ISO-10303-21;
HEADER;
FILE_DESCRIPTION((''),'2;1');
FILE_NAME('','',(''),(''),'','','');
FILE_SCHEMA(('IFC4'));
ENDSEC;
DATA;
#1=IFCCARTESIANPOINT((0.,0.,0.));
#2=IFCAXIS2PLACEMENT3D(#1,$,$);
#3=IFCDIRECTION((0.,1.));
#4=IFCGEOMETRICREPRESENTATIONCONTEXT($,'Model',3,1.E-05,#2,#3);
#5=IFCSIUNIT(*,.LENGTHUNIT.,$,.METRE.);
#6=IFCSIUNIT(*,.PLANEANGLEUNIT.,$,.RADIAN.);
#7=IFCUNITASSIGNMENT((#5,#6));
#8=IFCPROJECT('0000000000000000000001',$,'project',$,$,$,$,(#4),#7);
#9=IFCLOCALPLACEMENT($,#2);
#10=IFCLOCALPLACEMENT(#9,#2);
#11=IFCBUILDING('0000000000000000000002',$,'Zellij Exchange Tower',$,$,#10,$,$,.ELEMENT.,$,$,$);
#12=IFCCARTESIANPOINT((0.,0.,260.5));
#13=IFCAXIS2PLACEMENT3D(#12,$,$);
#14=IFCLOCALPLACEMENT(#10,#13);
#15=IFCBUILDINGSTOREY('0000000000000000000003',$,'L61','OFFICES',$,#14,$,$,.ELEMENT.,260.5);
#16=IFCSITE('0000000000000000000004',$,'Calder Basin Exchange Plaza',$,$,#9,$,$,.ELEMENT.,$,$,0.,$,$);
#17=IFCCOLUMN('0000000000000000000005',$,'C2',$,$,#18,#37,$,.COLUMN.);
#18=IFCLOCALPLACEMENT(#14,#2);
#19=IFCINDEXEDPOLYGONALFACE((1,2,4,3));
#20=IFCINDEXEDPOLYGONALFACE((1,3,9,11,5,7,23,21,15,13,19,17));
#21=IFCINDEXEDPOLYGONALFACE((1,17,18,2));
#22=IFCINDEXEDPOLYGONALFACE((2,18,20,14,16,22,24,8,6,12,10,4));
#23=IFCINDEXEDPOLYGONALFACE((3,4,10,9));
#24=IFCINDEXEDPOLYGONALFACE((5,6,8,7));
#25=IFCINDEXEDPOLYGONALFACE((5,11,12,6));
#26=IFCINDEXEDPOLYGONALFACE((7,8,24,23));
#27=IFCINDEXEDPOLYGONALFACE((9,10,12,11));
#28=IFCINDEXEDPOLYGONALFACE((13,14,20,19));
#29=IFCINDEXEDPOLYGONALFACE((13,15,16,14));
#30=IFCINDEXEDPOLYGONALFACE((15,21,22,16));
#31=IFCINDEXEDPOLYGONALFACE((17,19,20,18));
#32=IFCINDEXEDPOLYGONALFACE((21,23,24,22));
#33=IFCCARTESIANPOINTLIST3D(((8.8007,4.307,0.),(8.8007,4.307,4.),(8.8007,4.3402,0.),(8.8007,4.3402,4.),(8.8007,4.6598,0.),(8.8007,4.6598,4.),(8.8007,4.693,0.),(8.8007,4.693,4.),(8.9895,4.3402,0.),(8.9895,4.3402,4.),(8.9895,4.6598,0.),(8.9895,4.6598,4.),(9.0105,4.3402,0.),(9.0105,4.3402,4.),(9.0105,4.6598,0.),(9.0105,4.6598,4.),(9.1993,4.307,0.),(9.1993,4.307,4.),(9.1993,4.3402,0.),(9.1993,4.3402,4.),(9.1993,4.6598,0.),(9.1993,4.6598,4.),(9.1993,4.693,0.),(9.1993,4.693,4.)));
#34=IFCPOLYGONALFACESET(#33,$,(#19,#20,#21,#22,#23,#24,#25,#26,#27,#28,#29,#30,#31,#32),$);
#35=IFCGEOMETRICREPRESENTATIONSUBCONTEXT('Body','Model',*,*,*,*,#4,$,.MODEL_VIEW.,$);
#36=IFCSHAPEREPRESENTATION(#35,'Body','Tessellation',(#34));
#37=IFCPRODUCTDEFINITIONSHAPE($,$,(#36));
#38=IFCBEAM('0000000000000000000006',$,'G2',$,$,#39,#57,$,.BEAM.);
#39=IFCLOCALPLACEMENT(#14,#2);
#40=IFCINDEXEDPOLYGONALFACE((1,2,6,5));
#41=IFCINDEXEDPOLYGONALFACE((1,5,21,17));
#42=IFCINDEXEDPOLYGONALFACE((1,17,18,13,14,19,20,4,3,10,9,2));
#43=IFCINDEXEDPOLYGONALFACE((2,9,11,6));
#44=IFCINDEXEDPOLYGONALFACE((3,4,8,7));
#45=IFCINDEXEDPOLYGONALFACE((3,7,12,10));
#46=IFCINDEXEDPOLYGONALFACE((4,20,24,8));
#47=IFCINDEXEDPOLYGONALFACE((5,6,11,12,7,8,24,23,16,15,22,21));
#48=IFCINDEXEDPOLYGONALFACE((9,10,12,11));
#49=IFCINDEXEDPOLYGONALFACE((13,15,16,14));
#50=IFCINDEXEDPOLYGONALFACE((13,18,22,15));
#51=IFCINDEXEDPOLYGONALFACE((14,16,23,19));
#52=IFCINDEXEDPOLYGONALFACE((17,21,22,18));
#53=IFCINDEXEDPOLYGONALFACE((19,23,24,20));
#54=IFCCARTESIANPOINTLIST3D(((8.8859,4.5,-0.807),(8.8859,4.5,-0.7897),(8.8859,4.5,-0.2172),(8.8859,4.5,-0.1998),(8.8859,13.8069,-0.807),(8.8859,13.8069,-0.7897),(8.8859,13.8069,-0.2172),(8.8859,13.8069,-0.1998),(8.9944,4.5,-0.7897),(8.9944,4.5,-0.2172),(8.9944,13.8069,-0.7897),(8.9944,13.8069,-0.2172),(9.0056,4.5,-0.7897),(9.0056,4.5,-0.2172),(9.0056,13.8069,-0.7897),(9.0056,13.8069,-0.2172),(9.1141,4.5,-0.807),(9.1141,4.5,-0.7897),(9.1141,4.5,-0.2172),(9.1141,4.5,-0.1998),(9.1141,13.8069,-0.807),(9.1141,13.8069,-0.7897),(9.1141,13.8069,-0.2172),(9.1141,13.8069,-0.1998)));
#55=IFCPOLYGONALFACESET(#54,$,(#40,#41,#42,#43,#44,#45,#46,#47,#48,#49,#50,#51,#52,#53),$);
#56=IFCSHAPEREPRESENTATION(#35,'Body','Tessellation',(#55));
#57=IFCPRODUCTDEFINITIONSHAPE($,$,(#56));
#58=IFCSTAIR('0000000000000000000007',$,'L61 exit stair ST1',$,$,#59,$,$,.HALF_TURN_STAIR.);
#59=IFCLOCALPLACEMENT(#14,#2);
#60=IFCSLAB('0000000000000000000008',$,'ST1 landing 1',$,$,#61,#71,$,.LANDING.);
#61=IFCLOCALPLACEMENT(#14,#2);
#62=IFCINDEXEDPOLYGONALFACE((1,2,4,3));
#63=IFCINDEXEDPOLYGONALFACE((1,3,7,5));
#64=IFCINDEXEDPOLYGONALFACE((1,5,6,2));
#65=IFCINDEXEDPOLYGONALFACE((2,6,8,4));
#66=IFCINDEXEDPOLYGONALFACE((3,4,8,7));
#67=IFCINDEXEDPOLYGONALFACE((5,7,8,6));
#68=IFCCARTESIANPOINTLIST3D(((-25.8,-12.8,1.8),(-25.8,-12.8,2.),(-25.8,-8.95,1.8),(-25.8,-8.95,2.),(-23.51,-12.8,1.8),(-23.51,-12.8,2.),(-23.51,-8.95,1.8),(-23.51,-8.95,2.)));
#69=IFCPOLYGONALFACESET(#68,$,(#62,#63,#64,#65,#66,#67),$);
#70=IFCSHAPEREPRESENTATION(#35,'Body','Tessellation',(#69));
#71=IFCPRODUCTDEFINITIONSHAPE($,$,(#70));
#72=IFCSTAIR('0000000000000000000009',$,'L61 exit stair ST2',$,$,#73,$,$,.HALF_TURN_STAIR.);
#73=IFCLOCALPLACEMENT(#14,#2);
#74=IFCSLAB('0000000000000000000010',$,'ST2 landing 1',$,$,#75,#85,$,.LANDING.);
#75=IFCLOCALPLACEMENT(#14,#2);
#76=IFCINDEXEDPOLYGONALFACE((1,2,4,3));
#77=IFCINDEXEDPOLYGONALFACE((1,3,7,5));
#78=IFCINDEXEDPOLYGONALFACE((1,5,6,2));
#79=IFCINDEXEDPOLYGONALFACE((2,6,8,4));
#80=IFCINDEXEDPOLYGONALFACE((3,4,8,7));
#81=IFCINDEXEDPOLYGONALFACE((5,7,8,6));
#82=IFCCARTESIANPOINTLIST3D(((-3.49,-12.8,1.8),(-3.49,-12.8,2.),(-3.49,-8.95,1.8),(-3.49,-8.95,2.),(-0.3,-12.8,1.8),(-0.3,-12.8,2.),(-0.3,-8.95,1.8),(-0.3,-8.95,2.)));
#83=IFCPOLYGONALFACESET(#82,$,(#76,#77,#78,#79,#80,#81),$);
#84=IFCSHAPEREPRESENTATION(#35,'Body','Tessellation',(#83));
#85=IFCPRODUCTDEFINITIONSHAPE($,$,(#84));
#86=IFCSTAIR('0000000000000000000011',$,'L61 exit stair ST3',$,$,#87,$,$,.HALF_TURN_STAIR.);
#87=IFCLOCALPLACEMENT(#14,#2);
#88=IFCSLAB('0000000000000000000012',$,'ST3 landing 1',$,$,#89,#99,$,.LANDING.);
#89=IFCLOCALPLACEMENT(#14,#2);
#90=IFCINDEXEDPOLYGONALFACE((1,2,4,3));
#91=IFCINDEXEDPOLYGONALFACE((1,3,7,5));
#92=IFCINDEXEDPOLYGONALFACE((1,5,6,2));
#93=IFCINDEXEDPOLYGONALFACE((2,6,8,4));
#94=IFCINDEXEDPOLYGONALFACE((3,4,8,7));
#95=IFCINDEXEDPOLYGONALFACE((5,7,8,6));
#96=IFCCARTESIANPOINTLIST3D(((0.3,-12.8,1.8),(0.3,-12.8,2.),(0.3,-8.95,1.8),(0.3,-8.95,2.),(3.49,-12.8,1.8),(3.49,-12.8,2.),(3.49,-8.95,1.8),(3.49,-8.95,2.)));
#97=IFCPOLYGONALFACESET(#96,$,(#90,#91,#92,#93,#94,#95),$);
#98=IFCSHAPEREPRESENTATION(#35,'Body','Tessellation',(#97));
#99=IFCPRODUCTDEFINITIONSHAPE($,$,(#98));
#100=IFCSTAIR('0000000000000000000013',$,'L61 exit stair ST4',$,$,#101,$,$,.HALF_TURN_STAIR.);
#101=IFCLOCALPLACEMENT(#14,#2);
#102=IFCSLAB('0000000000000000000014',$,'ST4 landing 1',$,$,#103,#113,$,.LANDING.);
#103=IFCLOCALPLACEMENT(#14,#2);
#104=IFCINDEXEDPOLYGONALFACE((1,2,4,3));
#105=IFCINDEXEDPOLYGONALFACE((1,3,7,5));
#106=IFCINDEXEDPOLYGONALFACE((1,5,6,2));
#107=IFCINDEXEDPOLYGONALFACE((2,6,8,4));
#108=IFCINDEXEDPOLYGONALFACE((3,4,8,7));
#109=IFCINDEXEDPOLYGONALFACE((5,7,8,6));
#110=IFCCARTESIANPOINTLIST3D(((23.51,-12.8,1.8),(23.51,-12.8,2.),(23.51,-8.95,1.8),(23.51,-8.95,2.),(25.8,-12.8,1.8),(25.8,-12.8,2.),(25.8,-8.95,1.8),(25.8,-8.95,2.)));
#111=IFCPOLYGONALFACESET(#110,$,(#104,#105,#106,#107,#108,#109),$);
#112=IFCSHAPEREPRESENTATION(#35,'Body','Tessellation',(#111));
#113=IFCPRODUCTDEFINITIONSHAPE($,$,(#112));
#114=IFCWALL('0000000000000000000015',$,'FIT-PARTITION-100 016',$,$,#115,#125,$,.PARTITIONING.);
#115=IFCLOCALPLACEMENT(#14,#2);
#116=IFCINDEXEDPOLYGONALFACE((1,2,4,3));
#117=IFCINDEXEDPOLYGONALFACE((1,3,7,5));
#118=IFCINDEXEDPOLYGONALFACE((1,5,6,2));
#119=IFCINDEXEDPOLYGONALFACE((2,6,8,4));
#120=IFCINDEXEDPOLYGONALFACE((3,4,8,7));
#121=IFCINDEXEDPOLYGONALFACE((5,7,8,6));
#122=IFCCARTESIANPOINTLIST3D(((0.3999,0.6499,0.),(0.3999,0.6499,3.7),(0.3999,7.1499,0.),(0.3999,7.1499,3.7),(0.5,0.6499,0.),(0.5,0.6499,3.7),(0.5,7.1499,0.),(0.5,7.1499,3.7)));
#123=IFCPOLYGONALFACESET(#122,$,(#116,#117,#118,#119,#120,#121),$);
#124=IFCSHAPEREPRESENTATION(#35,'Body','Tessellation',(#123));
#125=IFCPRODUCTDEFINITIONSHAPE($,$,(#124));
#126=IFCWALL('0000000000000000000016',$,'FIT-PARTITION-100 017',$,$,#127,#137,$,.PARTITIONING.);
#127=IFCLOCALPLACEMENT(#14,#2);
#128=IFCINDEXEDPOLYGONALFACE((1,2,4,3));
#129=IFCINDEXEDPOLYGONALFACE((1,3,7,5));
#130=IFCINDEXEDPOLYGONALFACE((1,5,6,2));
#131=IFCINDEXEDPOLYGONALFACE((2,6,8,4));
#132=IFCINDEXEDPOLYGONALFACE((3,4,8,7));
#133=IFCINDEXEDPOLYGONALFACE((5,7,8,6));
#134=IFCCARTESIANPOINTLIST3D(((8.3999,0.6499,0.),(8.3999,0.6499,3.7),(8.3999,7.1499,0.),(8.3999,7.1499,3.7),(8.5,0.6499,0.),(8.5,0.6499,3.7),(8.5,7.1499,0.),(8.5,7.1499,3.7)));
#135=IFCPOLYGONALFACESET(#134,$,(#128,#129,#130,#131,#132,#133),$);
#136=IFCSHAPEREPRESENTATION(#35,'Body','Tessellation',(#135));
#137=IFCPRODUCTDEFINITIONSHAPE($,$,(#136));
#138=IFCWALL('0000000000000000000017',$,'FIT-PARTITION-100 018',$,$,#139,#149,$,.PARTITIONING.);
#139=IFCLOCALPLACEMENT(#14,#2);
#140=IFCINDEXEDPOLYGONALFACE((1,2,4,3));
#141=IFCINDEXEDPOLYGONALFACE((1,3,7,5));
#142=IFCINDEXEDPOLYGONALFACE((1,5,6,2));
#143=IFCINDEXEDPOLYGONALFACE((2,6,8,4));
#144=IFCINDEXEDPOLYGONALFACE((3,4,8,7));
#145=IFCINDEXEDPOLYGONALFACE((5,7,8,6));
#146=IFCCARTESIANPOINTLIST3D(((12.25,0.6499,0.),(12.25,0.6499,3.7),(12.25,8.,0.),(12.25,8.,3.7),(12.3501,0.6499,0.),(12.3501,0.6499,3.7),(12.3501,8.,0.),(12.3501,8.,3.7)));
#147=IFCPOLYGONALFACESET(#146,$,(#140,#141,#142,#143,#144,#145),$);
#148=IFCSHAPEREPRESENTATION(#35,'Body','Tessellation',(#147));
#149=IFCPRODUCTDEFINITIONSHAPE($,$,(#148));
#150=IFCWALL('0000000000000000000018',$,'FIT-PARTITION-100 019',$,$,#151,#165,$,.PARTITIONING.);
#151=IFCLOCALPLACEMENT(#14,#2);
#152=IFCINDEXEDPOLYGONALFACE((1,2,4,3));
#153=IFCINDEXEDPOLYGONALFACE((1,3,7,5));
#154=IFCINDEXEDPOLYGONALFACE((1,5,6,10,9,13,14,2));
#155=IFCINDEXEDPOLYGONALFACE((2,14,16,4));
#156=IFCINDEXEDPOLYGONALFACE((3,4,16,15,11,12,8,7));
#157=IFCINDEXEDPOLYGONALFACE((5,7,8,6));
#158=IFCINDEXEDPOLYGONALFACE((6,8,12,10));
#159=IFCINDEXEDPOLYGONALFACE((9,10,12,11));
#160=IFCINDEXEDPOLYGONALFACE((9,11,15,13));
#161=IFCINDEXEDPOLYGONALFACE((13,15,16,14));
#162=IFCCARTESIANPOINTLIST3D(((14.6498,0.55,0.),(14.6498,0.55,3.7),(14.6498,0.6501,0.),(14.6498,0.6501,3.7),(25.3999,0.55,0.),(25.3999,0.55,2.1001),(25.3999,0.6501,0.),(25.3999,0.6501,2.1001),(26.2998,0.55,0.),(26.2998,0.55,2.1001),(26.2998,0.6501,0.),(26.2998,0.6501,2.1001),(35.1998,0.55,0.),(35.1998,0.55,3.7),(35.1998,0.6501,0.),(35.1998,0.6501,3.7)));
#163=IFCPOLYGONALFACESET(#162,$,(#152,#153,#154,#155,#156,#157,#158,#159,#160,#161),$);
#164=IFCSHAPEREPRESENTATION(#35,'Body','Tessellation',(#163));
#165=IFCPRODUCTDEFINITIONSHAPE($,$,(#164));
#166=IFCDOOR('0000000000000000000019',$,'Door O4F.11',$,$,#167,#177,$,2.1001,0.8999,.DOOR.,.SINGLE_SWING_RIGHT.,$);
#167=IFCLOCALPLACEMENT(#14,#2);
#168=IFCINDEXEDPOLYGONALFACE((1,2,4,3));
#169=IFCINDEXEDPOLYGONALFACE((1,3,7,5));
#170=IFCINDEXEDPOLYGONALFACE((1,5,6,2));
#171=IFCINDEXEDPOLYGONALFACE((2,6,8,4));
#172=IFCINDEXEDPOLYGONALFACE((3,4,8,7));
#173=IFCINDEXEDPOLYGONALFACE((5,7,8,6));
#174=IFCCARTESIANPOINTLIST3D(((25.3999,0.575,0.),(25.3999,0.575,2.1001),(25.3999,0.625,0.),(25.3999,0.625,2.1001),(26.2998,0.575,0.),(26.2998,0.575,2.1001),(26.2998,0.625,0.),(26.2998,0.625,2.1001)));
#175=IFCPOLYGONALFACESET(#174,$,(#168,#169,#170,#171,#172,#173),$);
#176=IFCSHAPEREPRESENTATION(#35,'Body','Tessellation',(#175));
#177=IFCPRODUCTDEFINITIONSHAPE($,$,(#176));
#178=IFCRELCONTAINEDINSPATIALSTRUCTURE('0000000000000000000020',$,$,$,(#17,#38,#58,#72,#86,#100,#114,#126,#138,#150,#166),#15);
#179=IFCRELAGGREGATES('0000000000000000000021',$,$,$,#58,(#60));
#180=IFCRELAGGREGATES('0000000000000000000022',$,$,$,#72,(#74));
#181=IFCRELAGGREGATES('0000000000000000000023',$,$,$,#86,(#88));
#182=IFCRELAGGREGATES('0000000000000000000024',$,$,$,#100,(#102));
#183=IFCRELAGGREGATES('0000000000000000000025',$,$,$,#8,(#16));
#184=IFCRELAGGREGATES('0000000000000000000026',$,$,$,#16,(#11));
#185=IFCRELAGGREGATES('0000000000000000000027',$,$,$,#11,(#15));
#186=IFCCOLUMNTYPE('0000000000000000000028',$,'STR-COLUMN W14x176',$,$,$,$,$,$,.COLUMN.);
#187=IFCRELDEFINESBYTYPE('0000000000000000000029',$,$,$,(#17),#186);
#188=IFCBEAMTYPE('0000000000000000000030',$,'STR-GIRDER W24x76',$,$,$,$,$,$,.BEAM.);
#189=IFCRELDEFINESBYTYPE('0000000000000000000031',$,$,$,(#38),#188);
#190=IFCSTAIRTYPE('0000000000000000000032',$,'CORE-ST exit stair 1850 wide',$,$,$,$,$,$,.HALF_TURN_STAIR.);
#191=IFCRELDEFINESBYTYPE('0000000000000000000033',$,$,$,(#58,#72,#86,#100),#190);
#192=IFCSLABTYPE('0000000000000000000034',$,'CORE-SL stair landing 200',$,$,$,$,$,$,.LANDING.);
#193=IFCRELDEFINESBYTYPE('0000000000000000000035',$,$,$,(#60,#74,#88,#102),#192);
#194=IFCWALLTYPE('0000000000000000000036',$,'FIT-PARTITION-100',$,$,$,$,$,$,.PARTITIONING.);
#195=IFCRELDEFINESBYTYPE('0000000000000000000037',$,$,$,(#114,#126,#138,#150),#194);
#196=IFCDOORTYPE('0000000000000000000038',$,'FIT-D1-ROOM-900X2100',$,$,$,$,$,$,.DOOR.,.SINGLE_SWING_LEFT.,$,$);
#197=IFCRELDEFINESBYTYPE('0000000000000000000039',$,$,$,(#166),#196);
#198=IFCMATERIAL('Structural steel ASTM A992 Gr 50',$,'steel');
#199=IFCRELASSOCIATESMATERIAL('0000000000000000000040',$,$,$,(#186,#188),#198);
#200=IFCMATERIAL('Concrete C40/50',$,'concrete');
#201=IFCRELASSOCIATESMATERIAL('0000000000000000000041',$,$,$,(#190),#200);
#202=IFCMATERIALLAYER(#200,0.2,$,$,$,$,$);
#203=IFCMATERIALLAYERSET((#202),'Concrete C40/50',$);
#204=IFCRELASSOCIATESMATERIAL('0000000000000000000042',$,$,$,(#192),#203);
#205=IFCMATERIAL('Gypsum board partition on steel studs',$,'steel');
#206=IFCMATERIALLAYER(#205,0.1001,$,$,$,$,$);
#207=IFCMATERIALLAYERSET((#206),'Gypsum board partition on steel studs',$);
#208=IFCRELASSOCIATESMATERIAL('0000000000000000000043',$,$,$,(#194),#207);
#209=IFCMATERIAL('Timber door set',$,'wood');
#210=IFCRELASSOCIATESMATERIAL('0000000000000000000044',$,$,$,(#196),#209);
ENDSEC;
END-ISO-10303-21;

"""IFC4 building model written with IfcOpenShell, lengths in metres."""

from ifc_helpers import new_model, si_unit, direction, frame, frame_2d, origin, origin_2d, place, context, subcontext, project, spatial, polyline, rectangle, i_section, outline, extrude, material, layer, layer_set, material_profile, profile_set, type_object, element, fill, aggregate, save


model = new_model("IFC4")

# Units and contexts
model_context = context("Model", 3, precision=1e-05, world=origin(), true_north=direction((0.0, 1.0)))
body_context = subcontext(model_context, "Body", "Model", "MODEL_VIEW")
ifc_project = project(units=[si_unit("LENGTHUNIT", "METRE"), si_unit("PLANEANGLEUNIT", "RADIAN")], contexts=[model_context])

# Site, building, storey
site_placement = place(None, origin())
site = spatial("IfcSite", under=ifc_project, at=site_placement, Name="Calder Basin Exchange Plaza", CompositionType="ELEMENT", RefElevation=0.0)
building_placement = place(site_placement, origin())
building = spatial("IfcBuilding", under=site, at=building_placement, Name="Zellij Exchange Tower", CompositionType="ELEMENT")
storey_placement = place(building_placement, frame((0.0, 0.0, 260.5)))
storey = spatial("IfcBuildingStorey", under=building, at=storey_placement, Name="L61", Description="OFFICES", CompositionType="ELEMENT", Elevation=260.5)

# Column
ifc_material_1 = material(Name="Structural steel ASTM A992 Gr 50", Category="steel")
ifc_material_profile_1 = material_profile(ifc_material_1, i_section(OverallWidth=0.3987, OverallDepth=0.386, WebThickness=0.021, FlangeThickness=0.0332, at=origin_2d()), Name="W14x176")
ifc_profile_set_1 = profile_set([ifc_material_profile_1], Name="Structural steel ASTM A992 Gr 50")
column_type = type_object("IfcColumnType", Name="STR-COLUMN W14x176", PredefinedType="COLUMN", material=ifc_profile_set_1)
column_placement = place(storey_placement, frame((9.0, 4.5, 0.0), z_axis=(0.0, 0.0, 1.0), x_axis=(1.0, 0.0, 0.0)))
element("IfcColumn", 1, at=column_placement, inside=storey, type_object=column_type, Name="C2", PredefinedType="COLUMN", context=body_context, shape_type="SweptSolid", body=[
    extrude(i_section(OverallWidth=0.3987, OverallDepth=0.386, WebThickness=0.021, FlangeThickness=0.0332, at=origin_2d()), origin(), (0.0, 0.0, 1.0), 4.0),
])

# Beam
ifc_material_profile_2 = material_profile(ifc_material_1, i_section(OverallWidth=0.2283, OverallDepth=0.6072, WebThickness=0.0112, FlangeThickness=0.0173, at=origin_2d()), Name="W24x76")
ifc_profile_set_2 = profile_set([ifc_material_profile_2], Name="Structural steel ASTM A992 Gr 50")
beam_type = type_object("IfcBeamType", Name="STR-GIRDER W24x76", PredefinedType="BEAM", material=ifc_profile_set_2)
beam_placement = place(storey_placement, frame((9.0, 4.5, -0.5034), z_axis=(0.0, 1.0, 0.0), x_axis=(-1.0, 0.0, 0.0)))
element("IfcBeam", 2, at=beam_placement, inside=storey, type_object=beam_type, Name="G2", PredefinedType="BEAM", context=body_context, shape_type="SweptSolid", body=[
    extrude(i_section(OverallWidth=0.2283, OverallDepth=0.6072, WebThickness=0.0112, FlangeThickness=0.0173, at=origin_2d()), origin(), (0.0, 0.0, 1.0), 9.3069),
])

# Stairs, slabs
ifc_material_2 = material(Name="Concrete C40/50", Category="concrete")
stair_type = type_object("IfcStairType", Name="CORE-ST exit stair 1850 wide", PredefinedType="HALF_TURN_STAIR", material=ifc_material_2)
stair_1_placement = place(storey_placement, origin())
stair_1 = element("IfcStair", 3, at=stair_1_placement, inside=storey, type_object=stair_type, Name="L61 exit stair ST1", PredefinedType="HALF_TURN_STAIR")
ifc_layer_1 = layer(ifc_material_2, 0.2)
ifc_layer_set_1 = layer_set([ifc_layer_1], Name="Concrete C40/50")
slab_type = type_object("IfcSlabType", Name="CORE-SL stair landing 200", PredefinedType="LANDING", material=ifc_layer_set_1)
slab_1_placement = place(storey_placement, frame((0.0, 0.0, 1.8)))
slab_1 = element("IfcSlab", 4, at=slab_1_placement, type_object=slab_type, Name="ST1 landing 1", PredefinedType="LANDING", context=body_context, shape_type="SweptSolid", body=[
    extrude(outline(polyline([(-23.51, -8.95), (-25.8, -8.95), (-25.8, -12.8), (-23.51, -12.8), (-23.51, -8.95)])), origin(), (0.0, 0.0, 1.0), 0.2),
])
aggregate(stair_1, [slab_1])
stair_2_placement = place(storey_placement, origin())
stair_2 = element("IfcStair", 5, at=stair_2_placement, inside=storey, type_object=stair_type, Name="L61 exit stair ST2", PredefinedType="HALF_TURN_STAIR")
slab_2_placement = place(storey_placement, frame((0.0, 0.0, 1.8)))
slab_2 = element("IfcSlab", 6, at=slab_2_placement, type_object=slab_type, Name="ST2 landing 1", PredefinedType="LANDING", context=body_context, shape_type="SweptSolid", body=[
    extrude(outline(polyline([(-3.49, -12.8), (-0.3, -12.8), (-0.3, -8.95), (-3.49, -8.95), (-3.49, -12.8)])), origin(), (0.0, 0.0, 1.0), 0.2),
])
aggregate(stair_2, [slab_2])
stair_3_placement = place(storey_placement, origin())
stair_3 = element("IfcStair", 7, at=stair_3_placement, inside=storey, type_object=stair_type, Name="L61 exit stair ST3", PredefinedType="HALF_TURN_STAIR")
slab_3_placement = place(storey_placement, frame((0.0, 0.0, 1.8)))
slab_3 = element("IfcSlab", 8, at=slab_3_placement, type_object=slab_type, Name="ST3 landing 1", PredefinedType="LANDING", context=body_context, shape_type="SweptSolid", body=[
    extrude(outline(polyline([(3.49, -8.95), (0.3, -8.95), (0.3, -12.8), (3.49, -12.8), (3.49, -8.95)])), origin(), (0.0, 0.0, 1.0), 0.2),
])
aggregate(stair_3, [slab_3])
stair_4_placement = place(storey_placement, origin())
stair_4 = element("IfcStair", 9, at=stair_4_placement, inside=storey, type_object=stair_type, Name="L61 exit stair ST4", PredefinedType="HALF_TURN_STAIR")
slab_4_placement = place(storey_placement, frame((0.0, 0.0, 1.8)))
slab_4 = element("IfcSlab", 10, at=slab_4_placement, type_object=slab_type, Name="ST4 landing 1", PredefinedType="LANDING", context=body_context, shape_type="SweptSolid", body=[
    extrude(outline(polyline([(23.51, -12.8), (25.8, -12.8), (25.8, -8.95), (23.51, -8.95), (23.51, -12.8)])), origin(), (0.0, 0.0, 1.0), 0.2),
])
aggregate(stair_4, [slab_4])

# Walls
ifc_material_3 = material(Name="Gypsum board partition on steel studs", Category="steel")
ifc_layer_2 = layer(ifc_material_3, 0.1001)
ifc_layer_set_2 = layer_set([ifc_layer_2], Name="Gypsum board partition on steel studs")
wall_type = type_object("IfcWallType", Name="FIT-PARTITION-100", PredefinedType="PARTITIONING", material=ifc_layer_set_2)
for number, where, z_axis, x_axis, name in (
    (11, (0.45, 0.6499, 0.0), (0.0, 0.0, 1.0), (0.0, 1.0, 0.0), "FIT-PARTITION-100 016"),
    (12, (8.45, 0.6499, 0.0), (0.0, 0.0, 1.0), (0.0, 1.0, 0.0), "FIT-PARTITION-100 017"),
):
    element("IfcWall", number, at=place(storey_placement, frame(where, z_axis=z_axis, x_axis=x_axis)), inside=storey, type_object=wall_type, Name=name, PredefinedType="PARTITIONING", context=body_context, shape_type="SweptSolid", body=[
        extrude(rectangle(XDim=6.5, YDim=0.1001, at=frame_2d((3.25, 0.0))), origin(), (0.0, 0.0, 1.0), 3.7),
    ])
wall_1_placement = place(storey_placement, frame((12.3, 0.6499, 0.0), z_axis=(0.0, 0.0, 1.0), x_axis=(0.0, 1.0, 0.0)))
element("IfcWall", 13, at=wall_1_placement, inside=storey, type_object=wall_type, Name="FIT-PARTITION-100 018", PredefinedType="PARTITIONING", context=body_context, shape_type="SweptSolid", body=[
    extrude(rectangle(XDim=7.3501, YDim=0.1001, at=frame_2d((3.675, 0.0))), origin(), (0.0, 0.0, 1.0), 3.7),
])

# Wall, opening, door
wall_2_placement = place(storey_placement, frame((14.6499, 0.6001, 0.0), z_axis=(0.0, 0.0, 1.0), x_axis=(1.0, 0.0, 0.0)))
wall_2 = element("IfcWall", 14, at=wall_2_placement, inside=storey, type_object=wall_type, Name="FIT-PARTITION-100 019", PredefinedType="PARTITIONING", context=body_context, shape_type="SweptSolid", body=[
    extrude(rectangle(XDim=20.55, YDim=0.1001, at=frame_2d((10.2749, 0.0))), origin(), (0.0, 0.0, 1.0), 3.7),
])
opening_1_placement = place(wall_2_placement, frame((10.75, 0.0, 0.0)))
opening_1 = element("IfcOpeningElement", 15, at=opening_1_placement, cuts=wall_2, PredefinedType="OPENING", context=body_context, shape_type="SweptSolid", body=[
    extrude(rectangle(XDim=0.8999, YDim=2.1001, at=frame_2d((0.45, 1.05))), frame((0.0, 0.062, 0.0), z_axis=(0.0, -1.0, 0.0), x_axis=(1.0, 0.0, 0.0)), (0.0, 0.0, 1.0), 0.124),
])
ifc_material_4 = material(Name="Timber door set", Category="wood")
door_type_1 = type_object("IfcDoorType", Name="FIT-D1-ROOM-900X2100", OperationType="SINGLE_SWING_LEFT", PredefinedType="DOOR", material=ifc_material_4)
door_1_placement = place(opening_1_placement, origin())
door_1 = element("IfcDoor", 16, at=door_1_placement, inside=storey, type_object=door_type_1, Name="Door O4F.11", OperationType="SINGLE_SWING_RIGHT", OverallHeight=2.1001, OverallWidth=0.8999, PredefinedType="DOOR", context=body_context, shape_type="SweptSolid", body=[
    extrude(rectangle(XDim=0.8999, YDim=2.1001, at=frame_2d((0.45, 1.05))), frame((0.0, 0.0249, 0.0), z_axis=(0.0, -1.0, 0.0), x_axis=(1.0, 0.0, 0.0)), (0.0, 0.0, 1.0), 0.05),
])
fill(opening_1, door_1)

save(model, "model.ifc")
